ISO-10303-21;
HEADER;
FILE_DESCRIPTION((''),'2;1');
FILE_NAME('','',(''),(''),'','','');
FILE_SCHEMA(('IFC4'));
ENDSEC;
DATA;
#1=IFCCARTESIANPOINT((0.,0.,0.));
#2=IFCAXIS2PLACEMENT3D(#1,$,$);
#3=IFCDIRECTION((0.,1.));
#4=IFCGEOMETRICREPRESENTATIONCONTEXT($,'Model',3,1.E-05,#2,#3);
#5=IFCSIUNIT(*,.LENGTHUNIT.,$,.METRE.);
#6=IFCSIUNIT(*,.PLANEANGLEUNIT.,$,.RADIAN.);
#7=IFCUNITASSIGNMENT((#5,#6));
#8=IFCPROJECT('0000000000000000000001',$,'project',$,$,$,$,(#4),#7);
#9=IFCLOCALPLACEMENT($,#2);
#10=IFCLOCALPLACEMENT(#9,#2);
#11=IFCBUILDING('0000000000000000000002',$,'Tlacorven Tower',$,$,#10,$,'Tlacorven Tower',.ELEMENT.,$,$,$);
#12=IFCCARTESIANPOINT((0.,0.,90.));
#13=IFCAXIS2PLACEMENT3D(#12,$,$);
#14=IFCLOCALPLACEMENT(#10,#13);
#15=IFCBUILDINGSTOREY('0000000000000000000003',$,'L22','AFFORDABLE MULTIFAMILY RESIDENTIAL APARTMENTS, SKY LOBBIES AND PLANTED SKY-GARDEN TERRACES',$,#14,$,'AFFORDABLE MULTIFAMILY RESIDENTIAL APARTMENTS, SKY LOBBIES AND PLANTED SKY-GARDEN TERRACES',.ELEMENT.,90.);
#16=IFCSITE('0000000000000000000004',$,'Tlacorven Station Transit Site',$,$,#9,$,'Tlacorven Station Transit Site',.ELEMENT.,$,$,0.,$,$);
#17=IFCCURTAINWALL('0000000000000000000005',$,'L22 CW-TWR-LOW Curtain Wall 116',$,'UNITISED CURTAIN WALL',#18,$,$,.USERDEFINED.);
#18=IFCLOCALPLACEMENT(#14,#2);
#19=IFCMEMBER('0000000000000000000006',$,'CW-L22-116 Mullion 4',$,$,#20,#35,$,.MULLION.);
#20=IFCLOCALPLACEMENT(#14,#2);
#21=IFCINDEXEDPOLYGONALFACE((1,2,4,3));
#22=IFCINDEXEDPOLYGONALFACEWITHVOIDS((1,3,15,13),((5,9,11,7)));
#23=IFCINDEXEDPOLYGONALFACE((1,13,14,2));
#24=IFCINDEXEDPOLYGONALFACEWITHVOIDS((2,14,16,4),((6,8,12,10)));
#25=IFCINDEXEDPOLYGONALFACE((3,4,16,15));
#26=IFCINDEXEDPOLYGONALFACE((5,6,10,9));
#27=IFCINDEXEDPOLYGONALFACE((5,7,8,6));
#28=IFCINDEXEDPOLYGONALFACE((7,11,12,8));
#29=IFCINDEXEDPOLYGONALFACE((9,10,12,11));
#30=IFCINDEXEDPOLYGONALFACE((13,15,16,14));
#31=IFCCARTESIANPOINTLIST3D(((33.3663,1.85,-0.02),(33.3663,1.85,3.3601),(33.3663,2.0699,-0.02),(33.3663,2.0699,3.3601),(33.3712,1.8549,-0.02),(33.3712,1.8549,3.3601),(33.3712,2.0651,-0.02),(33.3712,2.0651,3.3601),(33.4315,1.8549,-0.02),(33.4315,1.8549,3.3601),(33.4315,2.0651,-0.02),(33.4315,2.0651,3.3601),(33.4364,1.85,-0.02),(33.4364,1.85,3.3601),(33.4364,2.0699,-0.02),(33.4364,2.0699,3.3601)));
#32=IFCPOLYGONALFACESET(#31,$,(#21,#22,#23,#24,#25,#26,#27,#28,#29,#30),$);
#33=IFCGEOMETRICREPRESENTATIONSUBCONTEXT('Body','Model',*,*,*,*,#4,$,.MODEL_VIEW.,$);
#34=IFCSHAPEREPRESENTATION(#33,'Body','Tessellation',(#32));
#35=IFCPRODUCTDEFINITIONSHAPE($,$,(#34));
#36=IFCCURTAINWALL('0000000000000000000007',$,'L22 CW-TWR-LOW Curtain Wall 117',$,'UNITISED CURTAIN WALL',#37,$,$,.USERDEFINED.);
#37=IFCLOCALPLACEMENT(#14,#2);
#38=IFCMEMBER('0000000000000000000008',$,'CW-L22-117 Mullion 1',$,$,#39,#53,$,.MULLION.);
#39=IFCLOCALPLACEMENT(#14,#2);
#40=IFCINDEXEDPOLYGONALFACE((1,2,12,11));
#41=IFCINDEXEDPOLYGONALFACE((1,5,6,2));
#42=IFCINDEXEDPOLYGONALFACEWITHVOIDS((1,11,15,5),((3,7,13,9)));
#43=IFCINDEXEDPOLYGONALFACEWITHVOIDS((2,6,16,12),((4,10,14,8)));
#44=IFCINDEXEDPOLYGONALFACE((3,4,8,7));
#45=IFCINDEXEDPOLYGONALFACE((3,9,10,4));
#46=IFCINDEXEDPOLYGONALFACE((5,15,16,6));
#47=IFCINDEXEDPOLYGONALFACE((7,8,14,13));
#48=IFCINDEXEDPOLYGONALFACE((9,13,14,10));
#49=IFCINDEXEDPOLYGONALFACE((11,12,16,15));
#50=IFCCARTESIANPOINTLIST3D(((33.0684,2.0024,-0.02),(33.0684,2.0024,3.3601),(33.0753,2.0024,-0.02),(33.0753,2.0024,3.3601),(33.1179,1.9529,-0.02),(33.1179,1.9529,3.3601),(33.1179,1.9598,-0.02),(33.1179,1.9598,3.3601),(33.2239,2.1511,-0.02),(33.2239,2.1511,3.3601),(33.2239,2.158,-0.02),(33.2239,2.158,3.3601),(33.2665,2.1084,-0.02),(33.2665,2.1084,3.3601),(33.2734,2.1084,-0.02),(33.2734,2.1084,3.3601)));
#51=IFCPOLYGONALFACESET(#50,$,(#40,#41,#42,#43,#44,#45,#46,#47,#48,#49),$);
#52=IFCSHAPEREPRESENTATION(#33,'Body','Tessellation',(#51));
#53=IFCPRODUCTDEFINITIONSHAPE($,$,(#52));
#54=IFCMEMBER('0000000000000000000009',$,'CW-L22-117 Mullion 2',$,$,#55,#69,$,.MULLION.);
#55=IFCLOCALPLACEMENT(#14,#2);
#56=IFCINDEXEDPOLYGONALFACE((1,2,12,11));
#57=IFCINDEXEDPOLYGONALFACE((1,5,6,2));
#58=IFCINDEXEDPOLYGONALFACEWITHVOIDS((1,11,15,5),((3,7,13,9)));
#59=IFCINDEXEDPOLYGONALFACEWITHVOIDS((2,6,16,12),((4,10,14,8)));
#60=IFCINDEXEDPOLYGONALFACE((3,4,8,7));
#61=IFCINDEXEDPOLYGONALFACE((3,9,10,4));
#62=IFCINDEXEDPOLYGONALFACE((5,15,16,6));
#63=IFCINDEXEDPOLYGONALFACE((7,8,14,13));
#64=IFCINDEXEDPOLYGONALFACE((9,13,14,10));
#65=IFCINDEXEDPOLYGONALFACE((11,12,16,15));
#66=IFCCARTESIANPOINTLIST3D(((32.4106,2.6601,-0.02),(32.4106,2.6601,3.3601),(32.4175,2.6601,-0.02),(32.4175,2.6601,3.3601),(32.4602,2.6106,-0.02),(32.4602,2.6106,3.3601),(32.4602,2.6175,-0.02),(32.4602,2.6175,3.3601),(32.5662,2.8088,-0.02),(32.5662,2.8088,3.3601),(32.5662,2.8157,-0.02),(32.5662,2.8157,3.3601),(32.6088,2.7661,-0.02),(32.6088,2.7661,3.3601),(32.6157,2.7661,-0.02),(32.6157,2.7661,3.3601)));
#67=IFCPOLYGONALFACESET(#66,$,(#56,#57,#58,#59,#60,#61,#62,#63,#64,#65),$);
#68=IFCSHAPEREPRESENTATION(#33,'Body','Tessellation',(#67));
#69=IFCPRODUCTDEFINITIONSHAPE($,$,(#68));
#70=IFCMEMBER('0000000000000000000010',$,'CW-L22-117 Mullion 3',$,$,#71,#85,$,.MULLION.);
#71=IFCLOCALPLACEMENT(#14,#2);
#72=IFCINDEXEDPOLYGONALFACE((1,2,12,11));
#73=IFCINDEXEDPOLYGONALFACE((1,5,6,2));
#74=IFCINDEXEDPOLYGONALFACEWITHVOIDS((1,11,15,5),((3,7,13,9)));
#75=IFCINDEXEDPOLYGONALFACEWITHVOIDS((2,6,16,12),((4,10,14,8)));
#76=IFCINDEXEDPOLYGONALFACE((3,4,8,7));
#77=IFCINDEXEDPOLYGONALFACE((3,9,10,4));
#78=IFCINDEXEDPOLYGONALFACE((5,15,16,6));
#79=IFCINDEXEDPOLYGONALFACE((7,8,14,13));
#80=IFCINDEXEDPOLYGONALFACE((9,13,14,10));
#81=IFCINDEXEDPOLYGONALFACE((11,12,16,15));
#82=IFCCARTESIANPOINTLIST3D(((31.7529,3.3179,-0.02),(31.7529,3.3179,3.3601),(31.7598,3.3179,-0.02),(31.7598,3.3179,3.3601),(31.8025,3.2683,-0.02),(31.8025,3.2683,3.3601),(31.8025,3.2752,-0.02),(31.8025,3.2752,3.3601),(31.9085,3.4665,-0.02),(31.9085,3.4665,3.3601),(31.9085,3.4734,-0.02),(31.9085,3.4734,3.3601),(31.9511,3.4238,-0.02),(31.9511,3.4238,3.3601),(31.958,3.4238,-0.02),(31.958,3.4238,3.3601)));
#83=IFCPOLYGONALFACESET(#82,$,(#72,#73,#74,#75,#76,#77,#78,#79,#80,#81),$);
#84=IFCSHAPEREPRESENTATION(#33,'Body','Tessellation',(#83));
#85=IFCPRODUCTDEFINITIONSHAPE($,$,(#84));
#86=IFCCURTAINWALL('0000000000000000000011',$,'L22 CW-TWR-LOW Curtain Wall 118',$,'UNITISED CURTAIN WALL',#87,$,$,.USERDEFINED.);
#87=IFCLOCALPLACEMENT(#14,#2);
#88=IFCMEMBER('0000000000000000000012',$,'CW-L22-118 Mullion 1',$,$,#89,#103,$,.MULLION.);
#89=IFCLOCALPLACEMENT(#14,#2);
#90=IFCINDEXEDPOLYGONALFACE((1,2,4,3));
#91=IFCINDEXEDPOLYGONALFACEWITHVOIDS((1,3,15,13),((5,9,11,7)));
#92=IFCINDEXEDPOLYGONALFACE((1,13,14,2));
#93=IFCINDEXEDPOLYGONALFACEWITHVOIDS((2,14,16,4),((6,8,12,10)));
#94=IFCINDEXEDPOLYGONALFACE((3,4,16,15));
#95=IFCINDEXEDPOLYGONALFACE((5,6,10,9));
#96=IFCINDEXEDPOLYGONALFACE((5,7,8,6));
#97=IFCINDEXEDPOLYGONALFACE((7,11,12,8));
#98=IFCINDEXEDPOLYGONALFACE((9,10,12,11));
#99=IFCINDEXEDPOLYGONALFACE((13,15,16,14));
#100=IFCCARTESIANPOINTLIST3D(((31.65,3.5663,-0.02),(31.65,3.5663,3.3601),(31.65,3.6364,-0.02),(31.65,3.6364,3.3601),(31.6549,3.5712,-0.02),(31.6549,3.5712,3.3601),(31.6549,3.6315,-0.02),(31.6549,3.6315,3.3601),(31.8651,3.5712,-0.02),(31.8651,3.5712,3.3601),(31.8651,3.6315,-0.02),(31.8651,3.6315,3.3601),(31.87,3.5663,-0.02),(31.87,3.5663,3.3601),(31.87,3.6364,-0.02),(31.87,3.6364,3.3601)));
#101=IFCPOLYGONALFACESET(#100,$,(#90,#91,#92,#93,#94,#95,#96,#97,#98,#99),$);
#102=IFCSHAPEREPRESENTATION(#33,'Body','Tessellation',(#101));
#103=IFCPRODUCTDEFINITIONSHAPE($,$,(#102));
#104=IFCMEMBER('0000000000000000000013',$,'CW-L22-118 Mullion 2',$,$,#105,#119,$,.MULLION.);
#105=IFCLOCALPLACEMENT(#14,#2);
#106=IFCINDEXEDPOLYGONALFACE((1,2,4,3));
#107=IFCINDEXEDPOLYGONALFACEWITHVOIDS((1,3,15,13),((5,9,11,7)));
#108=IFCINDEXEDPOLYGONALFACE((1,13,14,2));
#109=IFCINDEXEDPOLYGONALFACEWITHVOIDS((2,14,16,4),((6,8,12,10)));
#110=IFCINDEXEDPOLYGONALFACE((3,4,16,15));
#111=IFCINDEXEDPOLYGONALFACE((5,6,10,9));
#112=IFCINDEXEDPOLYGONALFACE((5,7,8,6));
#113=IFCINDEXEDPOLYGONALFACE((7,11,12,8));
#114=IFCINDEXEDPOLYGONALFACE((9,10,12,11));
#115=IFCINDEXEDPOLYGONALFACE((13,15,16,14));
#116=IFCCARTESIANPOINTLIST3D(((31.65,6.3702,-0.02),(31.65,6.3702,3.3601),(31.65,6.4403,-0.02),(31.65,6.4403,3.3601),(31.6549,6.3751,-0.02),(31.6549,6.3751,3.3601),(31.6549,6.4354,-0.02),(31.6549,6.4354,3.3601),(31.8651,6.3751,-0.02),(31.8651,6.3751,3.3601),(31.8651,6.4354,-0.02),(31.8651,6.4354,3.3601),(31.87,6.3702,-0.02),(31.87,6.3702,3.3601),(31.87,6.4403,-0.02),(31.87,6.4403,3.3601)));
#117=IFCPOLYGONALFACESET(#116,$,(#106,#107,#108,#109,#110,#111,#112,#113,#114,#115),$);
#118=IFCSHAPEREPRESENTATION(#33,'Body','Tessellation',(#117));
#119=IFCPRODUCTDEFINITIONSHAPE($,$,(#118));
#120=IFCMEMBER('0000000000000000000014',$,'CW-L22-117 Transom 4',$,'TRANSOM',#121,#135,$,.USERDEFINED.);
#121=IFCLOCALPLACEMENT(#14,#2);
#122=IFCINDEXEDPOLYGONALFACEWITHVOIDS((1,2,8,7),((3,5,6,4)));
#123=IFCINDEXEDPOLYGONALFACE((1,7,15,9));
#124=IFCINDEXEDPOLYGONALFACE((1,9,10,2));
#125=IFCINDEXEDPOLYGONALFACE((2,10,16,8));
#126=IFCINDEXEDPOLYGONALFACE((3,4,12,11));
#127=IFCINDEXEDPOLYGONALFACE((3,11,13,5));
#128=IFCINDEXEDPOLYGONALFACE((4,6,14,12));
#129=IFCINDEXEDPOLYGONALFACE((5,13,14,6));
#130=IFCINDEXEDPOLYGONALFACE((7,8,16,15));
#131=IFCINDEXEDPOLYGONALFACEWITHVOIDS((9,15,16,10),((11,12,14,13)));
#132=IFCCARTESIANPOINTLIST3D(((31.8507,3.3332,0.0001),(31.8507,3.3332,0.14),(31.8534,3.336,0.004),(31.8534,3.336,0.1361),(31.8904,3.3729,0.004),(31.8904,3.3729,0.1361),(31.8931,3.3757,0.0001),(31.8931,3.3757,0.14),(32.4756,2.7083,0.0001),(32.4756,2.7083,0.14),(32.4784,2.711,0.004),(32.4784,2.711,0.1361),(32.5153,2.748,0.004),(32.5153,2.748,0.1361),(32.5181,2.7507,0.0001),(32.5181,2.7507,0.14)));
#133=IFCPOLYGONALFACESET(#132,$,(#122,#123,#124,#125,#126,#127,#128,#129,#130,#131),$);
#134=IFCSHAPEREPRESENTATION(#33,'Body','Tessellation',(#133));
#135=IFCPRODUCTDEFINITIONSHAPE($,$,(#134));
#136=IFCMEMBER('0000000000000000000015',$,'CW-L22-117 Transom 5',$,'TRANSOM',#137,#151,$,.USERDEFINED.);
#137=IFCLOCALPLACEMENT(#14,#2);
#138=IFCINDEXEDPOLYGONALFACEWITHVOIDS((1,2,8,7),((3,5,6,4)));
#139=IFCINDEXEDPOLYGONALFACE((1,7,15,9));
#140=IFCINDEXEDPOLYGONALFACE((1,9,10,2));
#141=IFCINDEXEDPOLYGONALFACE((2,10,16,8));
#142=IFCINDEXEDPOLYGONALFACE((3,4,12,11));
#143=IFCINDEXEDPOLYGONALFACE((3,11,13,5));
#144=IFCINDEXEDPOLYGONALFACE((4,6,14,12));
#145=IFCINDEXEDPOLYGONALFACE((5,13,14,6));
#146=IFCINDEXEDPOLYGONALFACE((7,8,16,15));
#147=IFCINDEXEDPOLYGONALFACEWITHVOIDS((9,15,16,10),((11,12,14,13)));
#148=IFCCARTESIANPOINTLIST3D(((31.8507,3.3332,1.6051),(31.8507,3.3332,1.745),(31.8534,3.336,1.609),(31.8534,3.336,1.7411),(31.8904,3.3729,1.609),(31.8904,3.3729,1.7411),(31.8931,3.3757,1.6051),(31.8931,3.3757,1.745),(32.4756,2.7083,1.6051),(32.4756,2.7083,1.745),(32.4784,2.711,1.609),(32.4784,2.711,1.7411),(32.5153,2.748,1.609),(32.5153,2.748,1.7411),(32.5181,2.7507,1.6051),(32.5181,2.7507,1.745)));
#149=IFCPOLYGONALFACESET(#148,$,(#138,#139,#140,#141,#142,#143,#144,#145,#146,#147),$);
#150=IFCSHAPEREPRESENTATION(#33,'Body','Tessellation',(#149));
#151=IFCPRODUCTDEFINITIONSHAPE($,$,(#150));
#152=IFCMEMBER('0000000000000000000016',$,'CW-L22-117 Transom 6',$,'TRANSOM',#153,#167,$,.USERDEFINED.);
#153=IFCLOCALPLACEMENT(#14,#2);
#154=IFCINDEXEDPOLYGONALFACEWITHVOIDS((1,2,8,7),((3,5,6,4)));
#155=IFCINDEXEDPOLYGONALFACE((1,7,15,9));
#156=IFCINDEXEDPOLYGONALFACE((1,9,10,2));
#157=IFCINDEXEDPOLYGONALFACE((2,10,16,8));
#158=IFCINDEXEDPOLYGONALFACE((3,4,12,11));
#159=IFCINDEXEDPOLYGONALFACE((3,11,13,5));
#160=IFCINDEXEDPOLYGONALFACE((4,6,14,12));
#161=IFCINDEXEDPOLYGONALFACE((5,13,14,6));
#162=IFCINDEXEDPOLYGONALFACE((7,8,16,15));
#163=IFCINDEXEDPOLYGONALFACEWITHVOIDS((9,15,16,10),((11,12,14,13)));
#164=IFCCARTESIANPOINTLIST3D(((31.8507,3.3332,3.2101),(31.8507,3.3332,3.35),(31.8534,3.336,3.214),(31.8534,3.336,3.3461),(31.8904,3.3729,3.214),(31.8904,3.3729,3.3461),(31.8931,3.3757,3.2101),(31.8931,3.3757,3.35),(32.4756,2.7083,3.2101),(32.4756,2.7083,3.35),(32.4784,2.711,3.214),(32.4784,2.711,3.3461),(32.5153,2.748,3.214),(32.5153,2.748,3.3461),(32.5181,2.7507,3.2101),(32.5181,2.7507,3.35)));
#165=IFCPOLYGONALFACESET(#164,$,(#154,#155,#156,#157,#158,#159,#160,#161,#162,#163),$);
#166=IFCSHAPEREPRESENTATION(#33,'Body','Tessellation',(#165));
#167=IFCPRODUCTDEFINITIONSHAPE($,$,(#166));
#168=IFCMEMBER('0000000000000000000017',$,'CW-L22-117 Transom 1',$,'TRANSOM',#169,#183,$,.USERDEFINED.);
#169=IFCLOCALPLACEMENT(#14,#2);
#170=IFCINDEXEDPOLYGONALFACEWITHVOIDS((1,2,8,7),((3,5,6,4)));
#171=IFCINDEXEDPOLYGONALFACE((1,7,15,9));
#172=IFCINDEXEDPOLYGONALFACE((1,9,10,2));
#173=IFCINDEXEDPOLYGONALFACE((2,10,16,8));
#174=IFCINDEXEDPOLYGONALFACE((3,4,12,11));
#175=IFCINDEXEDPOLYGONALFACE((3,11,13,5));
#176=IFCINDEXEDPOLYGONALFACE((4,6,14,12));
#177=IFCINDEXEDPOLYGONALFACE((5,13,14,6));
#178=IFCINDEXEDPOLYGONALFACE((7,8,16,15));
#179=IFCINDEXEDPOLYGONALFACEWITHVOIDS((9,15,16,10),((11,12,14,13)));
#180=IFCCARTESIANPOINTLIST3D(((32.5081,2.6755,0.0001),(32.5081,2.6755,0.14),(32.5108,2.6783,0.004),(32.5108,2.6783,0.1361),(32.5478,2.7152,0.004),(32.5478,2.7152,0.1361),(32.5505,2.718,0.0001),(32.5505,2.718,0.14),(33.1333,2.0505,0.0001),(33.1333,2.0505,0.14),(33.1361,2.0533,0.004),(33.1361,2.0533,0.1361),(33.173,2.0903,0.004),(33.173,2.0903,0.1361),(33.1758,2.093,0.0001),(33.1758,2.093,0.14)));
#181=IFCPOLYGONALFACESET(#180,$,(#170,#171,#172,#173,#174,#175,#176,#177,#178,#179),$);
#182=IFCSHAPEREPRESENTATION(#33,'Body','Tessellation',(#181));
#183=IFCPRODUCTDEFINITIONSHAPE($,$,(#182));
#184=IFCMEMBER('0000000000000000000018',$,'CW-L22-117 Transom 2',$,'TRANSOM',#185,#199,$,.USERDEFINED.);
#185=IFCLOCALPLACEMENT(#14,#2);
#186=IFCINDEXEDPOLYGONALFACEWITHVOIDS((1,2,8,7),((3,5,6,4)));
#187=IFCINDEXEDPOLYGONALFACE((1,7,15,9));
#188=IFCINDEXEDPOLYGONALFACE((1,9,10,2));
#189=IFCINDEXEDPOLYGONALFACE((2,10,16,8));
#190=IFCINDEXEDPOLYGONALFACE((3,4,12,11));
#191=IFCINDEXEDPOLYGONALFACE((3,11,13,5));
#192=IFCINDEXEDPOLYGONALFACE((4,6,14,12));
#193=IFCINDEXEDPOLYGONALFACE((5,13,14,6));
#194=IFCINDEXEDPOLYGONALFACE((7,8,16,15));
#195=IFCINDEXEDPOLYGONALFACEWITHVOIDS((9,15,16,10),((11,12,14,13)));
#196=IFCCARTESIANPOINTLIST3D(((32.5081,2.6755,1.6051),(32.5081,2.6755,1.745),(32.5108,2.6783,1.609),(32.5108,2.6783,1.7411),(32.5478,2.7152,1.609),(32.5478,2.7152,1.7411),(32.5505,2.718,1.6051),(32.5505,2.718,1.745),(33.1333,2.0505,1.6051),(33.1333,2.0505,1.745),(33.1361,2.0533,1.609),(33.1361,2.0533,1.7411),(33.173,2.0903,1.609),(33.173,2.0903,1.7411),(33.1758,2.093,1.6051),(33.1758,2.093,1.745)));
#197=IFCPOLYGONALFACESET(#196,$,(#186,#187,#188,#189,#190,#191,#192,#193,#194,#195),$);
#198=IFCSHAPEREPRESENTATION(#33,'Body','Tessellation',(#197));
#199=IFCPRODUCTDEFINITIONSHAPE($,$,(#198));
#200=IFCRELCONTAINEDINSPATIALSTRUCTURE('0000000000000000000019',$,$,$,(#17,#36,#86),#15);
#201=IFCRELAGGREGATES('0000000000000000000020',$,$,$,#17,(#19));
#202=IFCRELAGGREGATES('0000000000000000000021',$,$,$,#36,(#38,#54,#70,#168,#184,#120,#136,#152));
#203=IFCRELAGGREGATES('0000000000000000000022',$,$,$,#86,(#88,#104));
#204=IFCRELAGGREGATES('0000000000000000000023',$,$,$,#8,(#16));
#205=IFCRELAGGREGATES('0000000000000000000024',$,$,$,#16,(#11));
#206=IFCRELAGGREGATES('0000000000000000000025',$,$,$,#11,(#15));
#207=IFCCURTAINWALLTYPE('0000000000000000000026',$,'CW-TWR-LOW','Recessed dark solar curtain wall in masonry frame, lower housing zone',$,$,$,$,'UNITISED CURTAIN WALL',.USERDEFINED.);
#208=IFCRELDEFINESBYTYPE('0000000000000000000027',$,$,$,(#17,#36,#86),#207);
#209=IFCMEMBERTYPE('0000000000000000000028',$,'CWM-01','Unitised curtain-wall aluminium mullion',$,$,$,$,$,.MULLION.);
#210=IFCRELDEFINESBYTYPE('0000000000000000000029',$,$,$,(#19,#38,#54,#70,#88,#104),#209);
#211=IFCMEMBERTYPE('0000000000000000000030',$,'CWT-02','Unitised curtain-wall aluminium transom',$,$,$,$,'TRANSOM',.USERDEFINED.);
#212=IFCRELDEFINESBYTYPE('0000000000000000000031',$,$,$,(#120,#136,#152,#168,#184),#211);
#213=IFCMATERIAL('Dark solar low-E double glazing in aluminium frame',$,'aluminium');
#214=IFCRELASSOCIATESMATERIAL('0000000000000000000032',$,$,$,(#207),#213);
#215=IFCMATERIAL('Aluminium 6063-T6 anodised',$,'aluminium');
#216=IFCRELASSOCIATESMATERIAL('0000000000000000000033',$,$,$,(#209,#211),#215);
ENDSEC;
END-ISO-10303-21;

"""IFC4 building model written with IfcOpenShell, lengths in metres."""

from ifc_helpers import new_model, si_unit, direction, frame, origin, origin_2d, place, context, subcontext, project, spatial, hollow_rectangle, extrude, source, transform, mapped, material, material_profile, profile_set, type_object, element, aggregate, save


model = new_model("IFC4")

# Units and contexts
model_context = context("Model", 3, precision=1e-05, world=origin(), true_north=direction((0.0, 1.0)))
body_context = subcontext(model_context, "Body", "Model", "MODEL_VIEW")
ifc_project = project(units=[si_unit("LENGTHUNIT", "METRE"), si_unit("PLANEANGLEUNIT", "RADIAN")], contexts=[model_context])

# Site, building, storey
site_placement = place(None, origin())
site = spatial("IfcSite", under=ifc_project, at=site_placement, Name="Tlacorven Station Transit Site", LongName="Tlacorven Station Transit Site", CompositionType="ELEMENT", RefElevation=0.0)
building_placement = place(site_placement, origin())
building = spatial("IfcBuilding", under=site, at=building_placement, Name="Tlacorven Tower", LongName="Tlacorven Tower", CompositionType="ELEMENT")
storey_placement = place(building_placement, frame((0.0, 0.0, 90.0)))
storey = spatial("IfcBuildingStorey", under=building, at=storey_placement, Name="L22", Description="AFFORDABLE MULTIFAMILY RESIDENTIAL APARTMENTS, SKY LOBBIES AND PLANTED SKY-GARDEN TERRACES", LongName="AFFORDABLE MULTIFAMILY RESIDENTIAL APARTMENTS, SKY LOBBIES AND PLANTED SKY-GARDEN TERRACES", CompositionType="ELEMENT", Elevation=90.0)

# Curtain wall, member
ifc_material_1 = material(Name="Dark solar low-E double glazing in aluminium frame", Category="aluminium")
curtain_wall_type = type_object("IfcCurtainWallType", Name="CW-TWR-LOW", Description="Recessed dark solar curtain wall in masonry frame, lower housing zone", ElementType="UNITISED CURTAIN WALL", PredefinedType="USERDEFINED", material=ifc_material_1)
curtain_wall_1_placement = place(storey_placement, origin())
curtain_wall_1 = element("IfcCurtainWall", 1, at=curtain_wall_1_placement, inside=storey, type_object=curtain_wall_type, Name="L22 CW-TWR-LOW Curtain Wall 116", ObjectType="UNITISED CURTAIN WALL", PredefinedType="USERDEFINED")
ifc_material_2 = material(Name="Aluminium 6063-T6 anodised", Category="aluminium")
ifc_material_profile_1 = material_profile(ifc_material_2, hollow_rectangle(XDim=0.0701, YDim=0.22, WallThickness=0.0049, at=origin_2d()), Name="ALU MULLION 70X220")
ifc_profile_set_1 = profile_set([ifc_material_profile_1], Name="Aluminium 6063-T6 anodised")
member_type_1 = type_object("IfcMemberType", Name="CWM-01", Description="Unitised curtain-wall aluminium mullion", PredefinedType="MULLION", material=ifc_profile_set_1)
shared_shape_1 = source(origin(), body_context, "Body", "SweptSolid", [
    extrude(hollow_rectangle(XDim=0.0701, YDim=0.22, WallThickness=0.0049, at=origin_2d()), origin(), (0.0, 0.0, 1.0), 3.3801),
])
member_1_placement = place(storey_placement, frame((33.4014, 1.96, -0.02), z_axis=(0.0, 0.0, 1.0), x_axis=(-1.0, 0.0, 0.0)))
member_1 = element("IfcMember", 2, at=member_1_placement, type_object=member_type_1, Name="CW-L22-116 Mullion 4", PredefinedType="MULLION", context=body_context, shape_type="MappedRepresentation", body=[
    mapped(shared_shape_1, transform((0.0, 0.0, 0.0), scale=1.0)),
])
aggregate(curtain_wall_1, [member_1])

# Curtain walls, members
curtain_wall_2_placement = place(storey_placement, origin())
curtain_wall_2 = element("IfcCurtainWall", 3, at=curtain_wall_2_placement, inside=storey, type_object=curtain_wall_type, Name="L22 CW-TWR-LOW Curtain Wall 117", ObjectType="UNITISED CURTAIN WALL", PredefinedType="USERDEFINED")
member_2_placement = place(storey_placement, frame((33.1709, 2.0554, -0.02), z_axis=(0.0, 0.0, 1.0), x_axis=(-0.707107, 0.707107, 0.0)))
member_2 = element("IfcMember", 4, at=member_2_placement, type_object=member_type_1, Name="CW-L22-117 Mullion 1", PredefinedType="MULLION", context=body_context, shape_type="MappedRepresentation", body=[
    mapped(shared_shape_1, transform((0.0, 0.0, 0.0), scale=1.0)),
])
member_3_placement = place(storey_placement, frame((32.5132, 2.7131, -0.02), z_axis=(0.0, 0.0, 1.0), x_axis=(-0.707107, 0.707107, 0.0)))
member_3 = element("IfcMember", 5, at=member_3_placement, type_object=member_type_1, Name="CW-L22-117 Mullion 2", PredefinedType="MULLION", context=body_context, shape_type="MappedRepresentation", body=[
    mapped(shared_shape_1, transform((0.0, 0.0, 0.0), scale=1.0)),
])
member_4_placement = place(storey_placement, frame((31.8555, 3.3708, -0.02), z_axis=(0.0, 0.0, 1.0), x_axis=(-0.707107, 0.707107, 0.0)))
member_4 = element("IfcMember", 6, at=member_4_placement, type_object=member_type_1, Name="CW-L22-117 Mullion 3", PredefinedType="MULLION", context=body_context, shape_type="MappedRepresentation", body=[
    mapped(shared_shape_1, transform((0.0, 0.0, 0.0), scale=1.0)),
])
curtain_wall_3_placement = place(storey_placement, origin())
curtain_wall_3 = element("IfcCurtainWall", 7, at=curtain_wall_3_placement, inside=storey, type_object=curtain_wall_type, Name="L22 CW-TWR-LOW Curtain Wall 118", ObjectType="UNITISED CURTAIN WALL", PredefinedType="USERDEFINED")
member_5_placement = place(storey_placement, frame((31.76, 3.6013, -0.02), z_axis=(0.0, 0.0, 1.0), x_axis=(0.0, 1.0, 0.0)))
member_5 = element("IfcMember", 8, at=member_5_placement, type_object=member_type_1, Name="CW-L22-118 Mullion 1", PredefinedType="MULLION", context=body_context, shape_type="MappedRepresentation", body=[
    mapped(shared_shape_1, transform((0.0, 0.0, 0.0), scale=1.0)),
])
member_6_placement = place(storey_placement, frame((31.76, 6.4053, -0.02), z_axis=(0.0, 0.0, 1.0), x_axis=(0.0, 1.0, 0.0)))
member_6 = element("IfcMember", 9, at=member_6_placement, type_object=member_type_1, Name="CW-L22-118 Mullion 2", PredefinedType="MULLION", context=body_context, shape_type="MappedRepresentation", body=[
    mapped(shared_shape_1, transform((0.0, 0.0, 0.0), scale=1.0)),
])

# Members
ifc_material_profile_2 = material_profile(ifc_material_2, hollow_rectangle(XDim=0.0601, YDim=0.1399, WallThickness=0.0039, at=origin_2d()), Name="ALU TRANSOM 60X140")
ifc_profile_set_2 = profile_set([ifc_material_profile_2], Name="Aluminium 6063-T6 anodised")
member_type_2 = type_object("IfcMemberType", Name="CWT-02", Description="Unitised curtain-wall aluminium transom", ElementType="TRANSOM", PredefinedType="USERDEFINED", material=ifc_profile_set_2)
shared_shape_2 = source(origin(), body_context, "Body", "SweptSolid", [
    extrude(hollow_rectangle(XDim=0.0601, YDim=0.1399, WallThickness=0.0039, at=origin_2d()), origin(), (0.0, 0.0, 1.0), 0.8838),
])
member_7_placement = place(storey_placement, frame((32.4968, 2.7295, 0.0701), z_axis=(-0.707107, 0.707107, 0.0), x_axis=(-0.707107, -0.707107, 0.0)))
member_7 = element("IfcMember", 10, at=member_7_placement, type_object=member_type_2, Name="CW-L22-117 Transom 4", ObjectType="TRANSOM", PredefinedType="USERDEFINED", context=body_context, shape_type="MappedRepresentation", body=[
    mapped(shared_shape_2, transform((0.0, 0.0, 0.0), scale=1.0)),
])
member_8_placement = place(storey_placement, frame((32.4968, 2.7295, 1.675), z_axis=(-0.707107, 0.707107, 0.0), x_axis=(-0.707107, -0.707107, 0.0)))
member_8 = element("IfcMember", 11, at=member_8_placement, type_object=member_type_2, Name="CW-L22-117 Transom 5", ObjectType="TRANSOM", PredefinedType="USERDEFINED", context=body_context, shape_type="MappedRepresentation", body=[
    mapped(shared_shape_2, transform((0.0, 0.0, 0.0), scale=1.0)),
])
member_9_placement = place(storey_placement, frame((32.4968, 2.7295, 3.28), z_axis=(-0.707107, 0.707107, 0.0), x_axis=(-0.707107, -0.707107, 0.0)))
member_9 = element("IfcMember", 12, at=member_9_placement, type_object=member_type_2, Name="CW-L22-117 Transom 6", ObjectType="TRANSOM", PredefinedType="USERDEFINED", context=body_context, shape_type="MappedRepresentation", body=[
    mapped(shared_shape_2, transform((0.0, 0.0, 0.0), scale=1.0)),
])
shared_shape_3 = source(origin(), body_context, "Body", "SweptSolid", [
    extrude(hollow_rectangle(XDim=0.0601, YDim=0.1399, WallThickness=0.0039, at=origin_2d()), origin(), (0.0, 0.0, 1.0), 0.884),
])
member_10_placement = place(storey_placement, frame((33.1545, 2.0718, 0.0701), z_axis=(-0.707245, 0.706969, 0.0), x_axis=(-0.706969, -0.707245, 0.0)))
member_10 = element("IfcMember", 13, at=member_10_placement, type_object=member_type_2, Name="CW-L22-117 Transom 1", ObjectType="TRANSOM", PredefinedType="USERDEFINED", context=body_context, shape_type="MappedRepresentation", body=[
    mapped(shared_shape_3, transform((0.0, 0.0, 0.0), scale=1.0)),
])
member_11_placement = place(storey_placement, frame((33.1545, 2.0718, 1.675), z_axis=(-0.707245, 0.706969, 0.0), x_axis=(-0.706969, -0.707245, 0.0)))
member_11 = element("IfcMember", 14, at=member_11_placement, type_object=member_type_2, Name="CW-L22-117 Transom 2", ObjectType="TRANSOM", PredefinedType="USERDEFINED", context=body_context, shape_type="MappedRepresentation", body=[
    mapped(shared_shape_3, transform((0.0, 0.0, 0.0), scale=1.0)),
])

aggregate(curtain_wall_2, [member_2, member_3, member_4, member_10, member_11, member_7, member_8, member_9])
aggregate(curtain_wall_3, [member_5, member_6])

save(model, "model.ifc")
